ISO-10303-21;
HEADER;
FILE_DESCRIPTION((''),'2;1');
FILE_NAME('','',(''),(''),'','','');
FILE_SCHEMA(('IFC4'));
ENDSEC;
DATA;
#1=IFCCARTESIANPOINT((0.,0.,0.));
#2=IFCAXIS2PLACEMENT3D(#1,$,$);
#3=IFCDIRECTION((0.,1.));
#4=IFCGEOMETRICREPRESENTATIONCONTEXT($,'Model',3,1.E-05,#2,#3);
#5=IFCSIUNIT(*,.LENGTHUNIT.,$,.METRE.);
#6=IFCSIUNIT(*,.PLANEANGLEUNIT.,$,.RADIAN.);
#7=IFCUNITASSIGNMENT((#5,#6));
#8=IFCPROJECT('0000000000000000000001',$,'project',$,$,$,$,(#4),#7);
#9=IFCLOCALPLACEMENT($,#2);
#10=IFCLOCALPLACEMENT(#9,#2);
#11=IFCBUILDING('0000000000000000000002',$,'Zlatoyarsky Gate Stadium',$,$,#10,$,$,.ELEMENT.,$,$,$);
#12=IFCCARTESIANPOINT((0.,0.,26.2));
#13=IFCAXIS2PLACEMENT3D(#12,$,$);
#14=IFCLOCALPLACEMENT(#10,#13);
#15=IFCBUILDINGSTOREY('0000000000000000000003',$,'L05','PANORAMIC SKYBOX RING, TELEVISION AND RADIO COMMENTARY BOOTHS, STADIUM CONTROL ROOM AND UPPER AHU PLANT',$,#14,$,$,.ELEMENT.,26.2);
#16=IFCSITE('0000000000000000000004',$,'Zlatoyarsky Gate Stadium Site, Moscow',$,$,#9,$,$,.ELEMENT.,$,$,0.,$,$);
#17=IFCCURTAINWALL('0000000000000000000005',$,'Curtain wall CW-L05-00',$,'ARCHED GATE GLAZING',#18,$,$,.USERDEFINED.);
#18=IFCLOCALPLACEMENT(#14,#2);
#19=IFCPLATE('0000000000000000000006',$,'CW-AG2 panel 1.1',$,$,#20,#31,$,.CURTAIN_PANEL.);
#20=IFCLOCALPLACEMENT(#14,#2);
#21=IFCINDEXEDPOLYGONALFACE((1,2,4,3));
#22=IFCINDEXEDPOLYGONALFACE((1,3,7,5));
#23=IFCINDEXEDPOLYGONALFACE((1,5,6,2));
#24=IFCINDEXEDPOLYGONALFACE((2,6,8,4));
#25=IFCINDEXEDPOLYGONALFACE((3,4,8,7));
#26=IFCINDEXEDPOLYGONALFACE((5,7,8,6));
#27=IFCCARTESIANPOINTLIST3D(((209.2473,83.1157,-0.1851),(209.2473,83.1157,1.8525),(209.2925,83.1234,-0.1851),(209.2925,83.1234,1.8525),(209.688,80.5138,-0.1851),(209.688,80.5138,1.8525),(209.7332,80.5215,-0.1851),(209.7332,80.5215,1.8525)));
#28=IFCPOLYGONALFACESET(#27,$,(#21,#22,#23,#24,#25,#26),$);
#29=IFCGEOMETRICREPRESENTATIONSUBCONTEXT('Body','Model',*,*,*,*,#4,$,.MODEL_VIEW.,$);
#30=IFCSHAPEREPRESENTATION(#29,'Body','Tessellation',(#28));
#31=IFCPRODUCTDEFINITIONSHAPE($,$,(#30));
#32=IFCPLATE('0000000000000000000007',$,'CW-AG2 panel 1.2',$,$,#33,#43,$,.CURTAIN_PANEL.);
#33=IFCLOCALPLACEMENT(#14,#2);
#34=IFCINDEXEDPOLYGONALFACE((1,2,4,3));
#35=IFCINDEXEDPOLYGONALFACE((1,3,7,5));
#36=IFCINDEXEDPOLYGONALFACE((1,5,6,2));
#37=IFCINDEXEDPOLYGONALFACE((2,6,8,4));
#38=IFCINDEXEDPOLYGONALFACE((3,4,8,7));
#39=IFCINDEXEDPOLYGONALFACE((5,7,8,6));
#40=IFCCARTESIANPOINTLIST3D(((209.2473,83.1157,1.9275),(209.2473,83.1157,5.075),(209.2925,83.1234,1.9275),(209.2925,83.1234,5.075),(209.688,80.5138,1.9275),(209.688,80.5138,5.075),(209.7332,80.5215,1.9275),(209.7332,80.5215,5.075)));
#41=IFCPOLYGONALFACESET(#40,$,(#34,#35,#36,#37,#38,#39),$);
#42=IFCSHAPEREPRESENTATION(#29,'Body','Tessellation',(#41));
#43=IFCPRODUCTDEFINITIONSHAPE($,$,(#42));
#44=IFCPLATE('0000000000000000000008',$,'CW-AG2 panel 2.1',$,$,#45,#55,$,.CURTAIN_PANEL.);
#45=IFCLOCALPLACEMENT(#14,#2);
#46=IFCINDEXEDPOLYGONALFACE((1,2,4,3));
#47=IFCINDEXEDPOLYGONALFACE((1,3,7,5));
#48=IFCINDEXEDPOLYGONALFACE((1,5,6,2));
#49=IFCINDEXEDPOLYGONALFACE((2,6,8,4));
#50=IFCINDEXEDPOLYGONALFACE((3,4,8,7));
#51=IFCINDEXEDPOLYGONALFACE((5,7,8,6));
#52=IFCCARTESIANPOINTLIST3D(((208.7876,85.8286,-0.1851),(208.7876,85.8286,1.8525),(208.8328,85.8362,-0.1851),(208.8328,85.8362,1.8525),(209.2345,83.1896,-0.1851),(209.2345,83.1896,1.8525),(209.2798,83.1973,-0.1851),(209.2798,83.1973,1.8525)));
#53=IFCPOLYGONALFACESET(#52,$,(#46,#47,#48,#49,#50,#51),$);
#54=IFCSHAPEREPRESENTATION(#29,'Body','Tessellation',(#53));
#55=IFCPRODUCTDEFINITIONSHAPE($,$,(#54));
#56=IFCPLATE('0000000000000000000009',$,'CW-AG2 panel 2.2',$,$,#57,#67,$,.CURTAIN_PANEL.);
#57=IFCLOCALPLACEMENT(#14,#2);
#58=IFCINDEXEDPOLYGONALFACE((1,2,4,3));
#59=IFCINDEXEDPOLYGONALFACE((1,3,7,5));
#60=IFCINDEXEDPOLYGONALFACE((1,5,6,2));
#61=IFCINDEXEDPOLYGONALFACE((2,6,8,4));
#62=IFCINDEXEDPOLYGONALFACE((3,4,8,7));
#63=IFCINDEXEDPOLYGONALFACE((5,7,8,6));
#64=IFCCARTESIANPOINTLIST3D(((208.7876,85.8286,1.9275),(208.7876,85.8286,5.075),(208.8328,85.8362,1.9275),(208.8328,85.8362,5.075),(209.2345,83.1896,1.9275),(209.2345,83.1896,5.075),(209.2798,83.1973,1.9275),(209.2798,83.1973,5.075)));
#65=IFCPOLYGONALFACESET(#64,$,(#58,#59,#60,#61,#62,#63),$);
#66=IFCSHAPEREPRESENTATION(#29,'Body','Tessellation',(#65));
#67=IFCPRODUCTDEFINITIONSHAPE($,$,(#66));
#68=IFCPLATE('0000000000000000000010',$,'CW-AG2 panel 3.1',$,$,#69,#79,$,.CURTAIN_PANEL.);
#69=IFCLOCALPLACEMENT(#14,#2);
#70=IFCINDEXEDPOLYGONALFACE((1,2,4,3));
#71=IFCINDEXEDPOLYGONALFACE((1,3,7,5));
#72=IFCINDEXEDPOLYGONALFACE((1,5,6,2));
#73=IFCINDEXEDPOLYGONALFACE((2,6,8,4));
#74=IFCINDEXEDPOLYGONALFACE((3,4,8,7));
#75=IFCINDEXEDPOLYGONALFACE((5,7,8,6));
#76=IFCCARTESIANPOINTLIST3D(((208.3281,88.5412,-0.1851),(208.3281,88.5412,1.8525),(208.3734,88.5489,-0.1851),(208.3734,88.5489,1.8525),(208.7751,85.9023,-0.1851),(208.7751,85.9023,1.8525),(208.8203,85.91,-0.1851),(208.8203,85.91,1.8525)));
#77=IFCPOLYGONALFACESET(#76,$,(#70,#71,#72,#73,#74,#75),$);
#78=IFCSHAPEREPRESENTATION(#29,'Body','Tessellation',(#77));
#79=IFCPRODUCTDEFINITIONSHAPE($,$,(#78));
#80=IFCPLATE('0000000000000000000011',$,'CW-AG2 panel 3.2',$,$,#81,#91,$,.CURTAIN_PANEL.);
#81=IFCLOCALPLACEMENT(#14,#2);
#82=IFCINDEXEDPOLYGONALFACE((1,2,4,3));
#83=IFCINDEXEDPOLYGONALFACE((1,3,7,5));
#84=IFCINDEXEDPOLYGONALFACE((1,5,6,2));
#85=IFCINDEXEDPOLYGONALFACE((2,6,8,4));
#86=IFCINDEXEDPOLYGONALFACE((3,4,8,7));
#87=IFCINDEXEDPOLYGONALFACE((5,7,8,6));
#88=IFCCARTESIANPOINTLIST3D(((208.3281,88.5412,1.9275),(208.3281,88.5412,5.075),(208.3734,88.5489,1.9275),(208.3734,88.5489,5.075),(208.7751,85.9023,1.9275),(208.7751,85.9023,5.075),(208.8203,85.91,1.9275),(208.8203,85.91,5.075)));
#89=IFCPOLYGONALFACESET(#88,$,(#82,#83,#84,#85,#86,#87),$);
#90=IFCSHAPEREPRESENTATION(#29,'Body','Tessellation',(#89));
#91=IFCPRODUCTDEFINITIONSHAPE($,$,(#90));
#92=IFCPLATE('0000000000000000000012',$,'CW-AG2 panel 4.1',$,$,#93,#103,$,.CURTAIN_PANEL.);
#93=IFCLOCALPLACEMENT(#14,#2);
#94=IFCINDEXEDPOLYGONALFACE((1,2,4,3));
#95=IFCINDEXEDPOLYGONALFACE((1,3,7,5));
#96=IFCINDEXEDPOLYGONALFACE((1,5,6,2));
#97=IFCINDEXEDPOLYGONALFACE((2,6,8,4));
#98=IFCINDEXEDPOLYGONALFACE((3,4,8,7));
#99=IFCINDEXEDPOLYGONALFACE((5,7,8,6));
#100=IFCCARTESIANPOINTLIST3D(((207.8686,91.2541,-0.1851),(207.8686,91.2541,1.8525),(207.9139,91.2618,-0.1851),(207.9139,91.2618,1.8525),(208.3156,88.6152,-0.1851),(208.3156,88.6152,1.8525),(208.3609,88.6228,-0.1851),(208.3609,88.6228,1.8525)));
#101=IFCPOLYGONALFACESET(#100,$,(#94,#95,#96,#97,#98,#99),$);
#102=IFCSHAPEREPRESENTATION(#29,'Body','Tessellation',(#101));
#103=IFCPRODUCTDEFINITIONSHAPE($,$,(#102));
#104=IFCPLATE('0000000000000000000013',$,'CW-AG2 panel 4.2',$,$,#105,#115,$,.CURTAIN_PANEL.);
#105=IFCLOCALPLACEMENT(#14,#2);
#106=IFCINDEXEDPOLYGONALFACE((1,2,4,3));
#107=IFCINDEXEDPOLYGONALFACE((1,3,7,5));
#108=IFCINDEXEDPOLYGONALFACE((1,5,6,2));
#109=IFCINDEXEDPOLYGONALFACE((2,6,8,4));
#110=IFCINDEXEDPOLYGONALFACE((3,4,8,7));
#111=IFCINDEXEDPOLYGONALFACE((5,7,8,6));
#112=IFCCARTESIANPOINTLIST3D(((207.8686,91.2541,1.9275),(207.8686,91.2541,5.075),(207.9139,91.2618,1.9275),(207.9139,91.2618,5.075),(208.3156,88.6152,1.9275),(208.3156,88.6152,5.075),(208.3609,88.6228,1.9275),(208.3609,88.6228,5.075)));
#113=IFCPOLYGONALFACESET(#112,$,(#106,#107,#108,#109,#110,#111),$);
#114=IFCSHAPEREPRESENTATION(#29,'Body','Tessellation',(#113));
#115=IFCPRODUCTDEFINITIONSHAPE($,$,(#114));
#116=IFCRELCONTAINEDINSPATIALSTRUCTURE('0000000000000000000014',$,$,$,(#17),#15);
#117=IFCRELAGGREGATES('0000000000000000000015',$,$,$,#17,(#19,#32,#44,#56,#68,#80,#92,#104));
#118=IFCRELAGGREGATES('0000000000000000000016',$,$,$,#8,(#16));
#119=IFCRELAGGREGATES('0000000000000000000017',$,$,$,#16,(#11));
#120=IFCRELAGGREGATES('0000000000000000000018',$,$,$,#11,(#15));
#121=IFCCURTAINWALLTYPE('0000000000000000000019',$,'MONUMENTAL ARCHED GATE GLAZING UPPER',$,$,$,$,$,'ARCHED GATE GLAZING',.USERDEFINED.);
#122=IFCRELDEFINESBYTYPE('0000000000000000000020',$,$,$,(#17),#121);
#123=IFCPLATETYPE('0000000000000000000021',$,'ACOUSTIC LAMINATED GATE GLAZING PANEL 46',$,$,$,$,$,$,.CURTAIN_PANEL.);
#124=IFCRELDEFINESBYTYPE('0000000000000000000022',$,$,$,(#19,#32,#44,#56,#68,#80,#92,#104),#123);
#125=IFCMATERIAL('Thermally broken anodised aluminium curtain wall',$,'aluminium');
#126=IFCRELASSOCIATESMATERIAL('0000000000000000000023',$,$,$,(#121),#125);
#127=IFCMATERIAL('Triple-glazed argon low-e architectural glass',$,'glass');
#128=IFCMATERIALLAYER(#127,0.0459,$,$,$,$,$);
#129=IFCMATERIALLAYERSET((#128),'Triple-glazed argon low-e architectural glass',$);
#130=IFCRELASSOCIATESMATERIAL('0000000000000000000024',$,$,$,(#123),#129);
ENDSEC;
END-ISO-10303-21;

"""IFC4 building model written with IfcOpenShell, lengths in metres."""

from ifc_helpers import new_model, si_unit, direction, frame, origin, origin_2d, place, context, subcontext, project, spatial, rectangle, extrude, material, layer, layer_set, type_object, element, aggregate, save


model = new_model("IFC4")

# Units and contexts
model_context = context("Model", 3, precision=1e-05, world=origin(), true_north=direction((0.0, 1.0)))
body_context = subcontext(model_context, "Body", "Model", "MODEL_VIEW")
ifc_project = project(units=[si_unit("LENGTHUNIT", "METRE"), si_unit("PLANEANGLEUNIT", "RADIAN")], contexts=[model_context])

# Site, building, storey
site_placement = place(None, origin())
site = spatial("IfcSite", under=ifc_project, at=site_placement, Name="Zlatoyarsky Gate Stadium Site, Moscow", CompositionType="ELEMENT", RefElevation=0.0)
building_placement = place(site_placement, origin())
building = spatial("IfcBuilding", under=site, at=building_placement, Name="Zlatoyarsky Gate Stadium", CompositionType="ELEMENT")
storey_placement = place(building_placement, frame((0.0, 0.0, 26.2)))
storey = spatial("IfcBuildingStorey", under=building, at=storey_placement, Name="L05", Description="PANORAMIC SKYBOX RING, TELEVISION AND RADIO COMMENTARY BOOTHS, STADIUM CONTROL ROOM AND UPPER AHU PLANT", CompositionType="ELEMENT", Elevation=26.2)

# Curtain wall
ifc_material_1 = material(Name="Thermally broken anodised aluminium curtain wall", Category="aluminium")
curtain_wall_type = type_object("IfcCurtainWallType", Name="MONUMENTAL ARCHED GATE GLAZING UPPER", ElementType="ARCHED GATE GLAZING", PredefinedType="USERDEFINED", material=ifc_material_1)
curtain_wall_placement = place(storey_placement, origin())
curtain_wall = element("IfcCurtainWall", 1, at=curtain_wall_placement, inside=storey, type_object=curtain_wall_type, Name="Curtain wall CW-L05-00", ObjectType="ARCHED GATE GLAZING", PredefinedType="USERDEFINED")

# Plates
ifc_material_2 = material(Name="Triple-glazed argon low-e architectural glass", Category="glass")
ifc_layer = layer(ifc_material_2, 0.0459)
ifc_layer_set = layer_set([ifc_layer], Name="Triple-glazed argon low-e architectural glass")
plate_type = type_object("IfcPlateType", Name="ACOUSTIC LAMINATED GATE GLAZING PANEL 46", PredefinedType="CURTAIN_PANEL", material=ifc_layer_set)
plate_1_placement = place(storey_placement, frame((209.4902, 81.8186, -0.1851), z_axis=(0.0, 0.0, 1.0), x_axis=(-0.166995, 0.985958, 0.0)))
plate_1 = element("IfcPlate", 2, at=plate_1_placement, type_object=plate_type, Name="CW-AG2 panel 1.1", PredefinedType="CURTAIN_PANEL", context=body_context, shape_type="SweptSolid", body=[
    extrude(rectangle(XDim=2.6389, YDim=0.0459, at=origin_2d()), origin(), (0.0, 0.0, 1.0), 2.0376),
])
plate_2_placement = place(storey_placement, frame((209.4902, 81.8186, 1.9275), z_axis=(0.0, 0.0, 1.0), x_axis=(-0.166995, 0.985958, 0.0)))
plate_2 = element("IfcPlate", 3, at=plate_2_placement, type_object=plate_type, Name="CW-AG2 panel 1.2", PredefinedType="CURTAIN_PANEL", context=body_context, shape_type="SweptSolid", body=[
    extrude(rectangle(XDim=2.6389, YDim=0.0459, at=origin_2d()), origin(), (0.0, 0.0, 1.0), 3.1475),
])
plate_3_placement = place(storey_placement, frame((209.0337, 84.5129, -0.1851), z_axis=(0.0, 0.0, 1.0), x_axis=(-0.166995, 0.985958, 0.0)))
plate_3 = element("IfcPlate", 4, at=plate_3_placement, type_object=plate_type, Name="CW-AG2 panel 2.1", PredefinedType="CURTAIN_PANEL", context=body_context, shape_type="SweptSolid", body=[
    extrude(rectangle(XDim=2.6765, YDim=0.0459, at=origin_2d()), origin(), (0.0, 0.0, 1.0), 2.0376),
])
plate_4_placement = place(storey_placement, frame((209.0337, 84.5129, 1.9275), z_axis=(0.0, 0.0, 1.0), x_axis=(-0.166995, 0.985958, 0.0)))
plate_4 = element("IfcPlate", 5, at=plate_4_placement, type_object=plate_type, Name="CW-AG2 panel 2.2", PredefinedType="CURTAIN_PANEL", context=body_context, shape_type="SweptSolid", body=[
    extrude(rectangle(XDim=2.6765, YDim=0.0459, at=origin_2d()), origin(), (0.0, 0.0, 1.0), 3.1475),
])
plate_5_placement = place(storey_placement, frame((208.5742, 87.2256, -0.1851), z_axis=(0.0, 0.0, 1.0), x_axis=(-0.166995, 0.985958, 0.0)))
plate_5 = element("IfcPlate", 6, at=plate_5_placement, type_object=plate_type, Name="CW-AG2 panel 3.1", PredefinedType="CURTAIN_PANEL", context=body_context, shape_type="SweptSolid", body=[
    extrude(rectangle(XDim=2.6765, YDim=0.0459, at=origin_2d()), origin(), (0.0, 0.0, 1.0), 2.0376),
])
plate_6_placement = place(storey_placement, frame((208.5742, 87.2256, 1.9275), z_axis=(0.0, 0.0, 1.0), x_axis=(-0.166995, 0.985958, 0.0)))
plate_6 = element("IfcPlate", 7, at=plate_6_placement, type_object=plate_type, Name="CW-AG2 panel 3.2", PredefinedType="CURTAIN_PANEL", context=body_context, shape_type="SweptSolid", body=[
    extrude(rectangle(XDim=2.6765, YDim=0.0459, at=origin_2d()), origin(), (0.0, 0.0, 1.0), 3.1475),
])
plate_7_placement = place(storey_placement, frame((208.1147, 89.9385, -0.1851), z_axis=(0.0, 0.0, 1.0), x_axis=(-0.166995, 0.985958, 0.0)))
plate_7 = element("IfcPlate", 8, at=plate_7_placement, type_object=plate_type, Name="CW-AG2 panel 4.1", PredefinedType="CURTAIN_PANEL", context=body_context, shape_type="SweptSolid", body=[
    extrude(rectangle(XDim=2.6765, YDim=0.0459, at=origin_2d()), origin(), (0.0, 0.0, 1.0), 2.0376),
])
plate_8_placement = place(storey_placement, frame((208.1147, 89.9385, 1.9275), z_axis=(0.0, 0.0, 1.0), x_axis=(-0.166995, 0.985958, 0.0)))
plate_8 = element("IfcPlate", 9, at=plate_8_placement, type_object=plate_type, Name="CW-AG2 panel 4.2", PredefinedType="CURTAIN_PANEL", context=body_context, shape_type="SweptSolid", body=[
    extrude(rectangle(XDim=2.6765, YDim=0.0459, at=origin_2d()), origin(), (0.0, 0.0, 1.0), 3.1475),
])
aggregate(curtain_wall, [plate_1, plate_2, plate_3, plate_4, plate_5, plate_6, plate_7, plate_8])

save(model, "model.ifc")
